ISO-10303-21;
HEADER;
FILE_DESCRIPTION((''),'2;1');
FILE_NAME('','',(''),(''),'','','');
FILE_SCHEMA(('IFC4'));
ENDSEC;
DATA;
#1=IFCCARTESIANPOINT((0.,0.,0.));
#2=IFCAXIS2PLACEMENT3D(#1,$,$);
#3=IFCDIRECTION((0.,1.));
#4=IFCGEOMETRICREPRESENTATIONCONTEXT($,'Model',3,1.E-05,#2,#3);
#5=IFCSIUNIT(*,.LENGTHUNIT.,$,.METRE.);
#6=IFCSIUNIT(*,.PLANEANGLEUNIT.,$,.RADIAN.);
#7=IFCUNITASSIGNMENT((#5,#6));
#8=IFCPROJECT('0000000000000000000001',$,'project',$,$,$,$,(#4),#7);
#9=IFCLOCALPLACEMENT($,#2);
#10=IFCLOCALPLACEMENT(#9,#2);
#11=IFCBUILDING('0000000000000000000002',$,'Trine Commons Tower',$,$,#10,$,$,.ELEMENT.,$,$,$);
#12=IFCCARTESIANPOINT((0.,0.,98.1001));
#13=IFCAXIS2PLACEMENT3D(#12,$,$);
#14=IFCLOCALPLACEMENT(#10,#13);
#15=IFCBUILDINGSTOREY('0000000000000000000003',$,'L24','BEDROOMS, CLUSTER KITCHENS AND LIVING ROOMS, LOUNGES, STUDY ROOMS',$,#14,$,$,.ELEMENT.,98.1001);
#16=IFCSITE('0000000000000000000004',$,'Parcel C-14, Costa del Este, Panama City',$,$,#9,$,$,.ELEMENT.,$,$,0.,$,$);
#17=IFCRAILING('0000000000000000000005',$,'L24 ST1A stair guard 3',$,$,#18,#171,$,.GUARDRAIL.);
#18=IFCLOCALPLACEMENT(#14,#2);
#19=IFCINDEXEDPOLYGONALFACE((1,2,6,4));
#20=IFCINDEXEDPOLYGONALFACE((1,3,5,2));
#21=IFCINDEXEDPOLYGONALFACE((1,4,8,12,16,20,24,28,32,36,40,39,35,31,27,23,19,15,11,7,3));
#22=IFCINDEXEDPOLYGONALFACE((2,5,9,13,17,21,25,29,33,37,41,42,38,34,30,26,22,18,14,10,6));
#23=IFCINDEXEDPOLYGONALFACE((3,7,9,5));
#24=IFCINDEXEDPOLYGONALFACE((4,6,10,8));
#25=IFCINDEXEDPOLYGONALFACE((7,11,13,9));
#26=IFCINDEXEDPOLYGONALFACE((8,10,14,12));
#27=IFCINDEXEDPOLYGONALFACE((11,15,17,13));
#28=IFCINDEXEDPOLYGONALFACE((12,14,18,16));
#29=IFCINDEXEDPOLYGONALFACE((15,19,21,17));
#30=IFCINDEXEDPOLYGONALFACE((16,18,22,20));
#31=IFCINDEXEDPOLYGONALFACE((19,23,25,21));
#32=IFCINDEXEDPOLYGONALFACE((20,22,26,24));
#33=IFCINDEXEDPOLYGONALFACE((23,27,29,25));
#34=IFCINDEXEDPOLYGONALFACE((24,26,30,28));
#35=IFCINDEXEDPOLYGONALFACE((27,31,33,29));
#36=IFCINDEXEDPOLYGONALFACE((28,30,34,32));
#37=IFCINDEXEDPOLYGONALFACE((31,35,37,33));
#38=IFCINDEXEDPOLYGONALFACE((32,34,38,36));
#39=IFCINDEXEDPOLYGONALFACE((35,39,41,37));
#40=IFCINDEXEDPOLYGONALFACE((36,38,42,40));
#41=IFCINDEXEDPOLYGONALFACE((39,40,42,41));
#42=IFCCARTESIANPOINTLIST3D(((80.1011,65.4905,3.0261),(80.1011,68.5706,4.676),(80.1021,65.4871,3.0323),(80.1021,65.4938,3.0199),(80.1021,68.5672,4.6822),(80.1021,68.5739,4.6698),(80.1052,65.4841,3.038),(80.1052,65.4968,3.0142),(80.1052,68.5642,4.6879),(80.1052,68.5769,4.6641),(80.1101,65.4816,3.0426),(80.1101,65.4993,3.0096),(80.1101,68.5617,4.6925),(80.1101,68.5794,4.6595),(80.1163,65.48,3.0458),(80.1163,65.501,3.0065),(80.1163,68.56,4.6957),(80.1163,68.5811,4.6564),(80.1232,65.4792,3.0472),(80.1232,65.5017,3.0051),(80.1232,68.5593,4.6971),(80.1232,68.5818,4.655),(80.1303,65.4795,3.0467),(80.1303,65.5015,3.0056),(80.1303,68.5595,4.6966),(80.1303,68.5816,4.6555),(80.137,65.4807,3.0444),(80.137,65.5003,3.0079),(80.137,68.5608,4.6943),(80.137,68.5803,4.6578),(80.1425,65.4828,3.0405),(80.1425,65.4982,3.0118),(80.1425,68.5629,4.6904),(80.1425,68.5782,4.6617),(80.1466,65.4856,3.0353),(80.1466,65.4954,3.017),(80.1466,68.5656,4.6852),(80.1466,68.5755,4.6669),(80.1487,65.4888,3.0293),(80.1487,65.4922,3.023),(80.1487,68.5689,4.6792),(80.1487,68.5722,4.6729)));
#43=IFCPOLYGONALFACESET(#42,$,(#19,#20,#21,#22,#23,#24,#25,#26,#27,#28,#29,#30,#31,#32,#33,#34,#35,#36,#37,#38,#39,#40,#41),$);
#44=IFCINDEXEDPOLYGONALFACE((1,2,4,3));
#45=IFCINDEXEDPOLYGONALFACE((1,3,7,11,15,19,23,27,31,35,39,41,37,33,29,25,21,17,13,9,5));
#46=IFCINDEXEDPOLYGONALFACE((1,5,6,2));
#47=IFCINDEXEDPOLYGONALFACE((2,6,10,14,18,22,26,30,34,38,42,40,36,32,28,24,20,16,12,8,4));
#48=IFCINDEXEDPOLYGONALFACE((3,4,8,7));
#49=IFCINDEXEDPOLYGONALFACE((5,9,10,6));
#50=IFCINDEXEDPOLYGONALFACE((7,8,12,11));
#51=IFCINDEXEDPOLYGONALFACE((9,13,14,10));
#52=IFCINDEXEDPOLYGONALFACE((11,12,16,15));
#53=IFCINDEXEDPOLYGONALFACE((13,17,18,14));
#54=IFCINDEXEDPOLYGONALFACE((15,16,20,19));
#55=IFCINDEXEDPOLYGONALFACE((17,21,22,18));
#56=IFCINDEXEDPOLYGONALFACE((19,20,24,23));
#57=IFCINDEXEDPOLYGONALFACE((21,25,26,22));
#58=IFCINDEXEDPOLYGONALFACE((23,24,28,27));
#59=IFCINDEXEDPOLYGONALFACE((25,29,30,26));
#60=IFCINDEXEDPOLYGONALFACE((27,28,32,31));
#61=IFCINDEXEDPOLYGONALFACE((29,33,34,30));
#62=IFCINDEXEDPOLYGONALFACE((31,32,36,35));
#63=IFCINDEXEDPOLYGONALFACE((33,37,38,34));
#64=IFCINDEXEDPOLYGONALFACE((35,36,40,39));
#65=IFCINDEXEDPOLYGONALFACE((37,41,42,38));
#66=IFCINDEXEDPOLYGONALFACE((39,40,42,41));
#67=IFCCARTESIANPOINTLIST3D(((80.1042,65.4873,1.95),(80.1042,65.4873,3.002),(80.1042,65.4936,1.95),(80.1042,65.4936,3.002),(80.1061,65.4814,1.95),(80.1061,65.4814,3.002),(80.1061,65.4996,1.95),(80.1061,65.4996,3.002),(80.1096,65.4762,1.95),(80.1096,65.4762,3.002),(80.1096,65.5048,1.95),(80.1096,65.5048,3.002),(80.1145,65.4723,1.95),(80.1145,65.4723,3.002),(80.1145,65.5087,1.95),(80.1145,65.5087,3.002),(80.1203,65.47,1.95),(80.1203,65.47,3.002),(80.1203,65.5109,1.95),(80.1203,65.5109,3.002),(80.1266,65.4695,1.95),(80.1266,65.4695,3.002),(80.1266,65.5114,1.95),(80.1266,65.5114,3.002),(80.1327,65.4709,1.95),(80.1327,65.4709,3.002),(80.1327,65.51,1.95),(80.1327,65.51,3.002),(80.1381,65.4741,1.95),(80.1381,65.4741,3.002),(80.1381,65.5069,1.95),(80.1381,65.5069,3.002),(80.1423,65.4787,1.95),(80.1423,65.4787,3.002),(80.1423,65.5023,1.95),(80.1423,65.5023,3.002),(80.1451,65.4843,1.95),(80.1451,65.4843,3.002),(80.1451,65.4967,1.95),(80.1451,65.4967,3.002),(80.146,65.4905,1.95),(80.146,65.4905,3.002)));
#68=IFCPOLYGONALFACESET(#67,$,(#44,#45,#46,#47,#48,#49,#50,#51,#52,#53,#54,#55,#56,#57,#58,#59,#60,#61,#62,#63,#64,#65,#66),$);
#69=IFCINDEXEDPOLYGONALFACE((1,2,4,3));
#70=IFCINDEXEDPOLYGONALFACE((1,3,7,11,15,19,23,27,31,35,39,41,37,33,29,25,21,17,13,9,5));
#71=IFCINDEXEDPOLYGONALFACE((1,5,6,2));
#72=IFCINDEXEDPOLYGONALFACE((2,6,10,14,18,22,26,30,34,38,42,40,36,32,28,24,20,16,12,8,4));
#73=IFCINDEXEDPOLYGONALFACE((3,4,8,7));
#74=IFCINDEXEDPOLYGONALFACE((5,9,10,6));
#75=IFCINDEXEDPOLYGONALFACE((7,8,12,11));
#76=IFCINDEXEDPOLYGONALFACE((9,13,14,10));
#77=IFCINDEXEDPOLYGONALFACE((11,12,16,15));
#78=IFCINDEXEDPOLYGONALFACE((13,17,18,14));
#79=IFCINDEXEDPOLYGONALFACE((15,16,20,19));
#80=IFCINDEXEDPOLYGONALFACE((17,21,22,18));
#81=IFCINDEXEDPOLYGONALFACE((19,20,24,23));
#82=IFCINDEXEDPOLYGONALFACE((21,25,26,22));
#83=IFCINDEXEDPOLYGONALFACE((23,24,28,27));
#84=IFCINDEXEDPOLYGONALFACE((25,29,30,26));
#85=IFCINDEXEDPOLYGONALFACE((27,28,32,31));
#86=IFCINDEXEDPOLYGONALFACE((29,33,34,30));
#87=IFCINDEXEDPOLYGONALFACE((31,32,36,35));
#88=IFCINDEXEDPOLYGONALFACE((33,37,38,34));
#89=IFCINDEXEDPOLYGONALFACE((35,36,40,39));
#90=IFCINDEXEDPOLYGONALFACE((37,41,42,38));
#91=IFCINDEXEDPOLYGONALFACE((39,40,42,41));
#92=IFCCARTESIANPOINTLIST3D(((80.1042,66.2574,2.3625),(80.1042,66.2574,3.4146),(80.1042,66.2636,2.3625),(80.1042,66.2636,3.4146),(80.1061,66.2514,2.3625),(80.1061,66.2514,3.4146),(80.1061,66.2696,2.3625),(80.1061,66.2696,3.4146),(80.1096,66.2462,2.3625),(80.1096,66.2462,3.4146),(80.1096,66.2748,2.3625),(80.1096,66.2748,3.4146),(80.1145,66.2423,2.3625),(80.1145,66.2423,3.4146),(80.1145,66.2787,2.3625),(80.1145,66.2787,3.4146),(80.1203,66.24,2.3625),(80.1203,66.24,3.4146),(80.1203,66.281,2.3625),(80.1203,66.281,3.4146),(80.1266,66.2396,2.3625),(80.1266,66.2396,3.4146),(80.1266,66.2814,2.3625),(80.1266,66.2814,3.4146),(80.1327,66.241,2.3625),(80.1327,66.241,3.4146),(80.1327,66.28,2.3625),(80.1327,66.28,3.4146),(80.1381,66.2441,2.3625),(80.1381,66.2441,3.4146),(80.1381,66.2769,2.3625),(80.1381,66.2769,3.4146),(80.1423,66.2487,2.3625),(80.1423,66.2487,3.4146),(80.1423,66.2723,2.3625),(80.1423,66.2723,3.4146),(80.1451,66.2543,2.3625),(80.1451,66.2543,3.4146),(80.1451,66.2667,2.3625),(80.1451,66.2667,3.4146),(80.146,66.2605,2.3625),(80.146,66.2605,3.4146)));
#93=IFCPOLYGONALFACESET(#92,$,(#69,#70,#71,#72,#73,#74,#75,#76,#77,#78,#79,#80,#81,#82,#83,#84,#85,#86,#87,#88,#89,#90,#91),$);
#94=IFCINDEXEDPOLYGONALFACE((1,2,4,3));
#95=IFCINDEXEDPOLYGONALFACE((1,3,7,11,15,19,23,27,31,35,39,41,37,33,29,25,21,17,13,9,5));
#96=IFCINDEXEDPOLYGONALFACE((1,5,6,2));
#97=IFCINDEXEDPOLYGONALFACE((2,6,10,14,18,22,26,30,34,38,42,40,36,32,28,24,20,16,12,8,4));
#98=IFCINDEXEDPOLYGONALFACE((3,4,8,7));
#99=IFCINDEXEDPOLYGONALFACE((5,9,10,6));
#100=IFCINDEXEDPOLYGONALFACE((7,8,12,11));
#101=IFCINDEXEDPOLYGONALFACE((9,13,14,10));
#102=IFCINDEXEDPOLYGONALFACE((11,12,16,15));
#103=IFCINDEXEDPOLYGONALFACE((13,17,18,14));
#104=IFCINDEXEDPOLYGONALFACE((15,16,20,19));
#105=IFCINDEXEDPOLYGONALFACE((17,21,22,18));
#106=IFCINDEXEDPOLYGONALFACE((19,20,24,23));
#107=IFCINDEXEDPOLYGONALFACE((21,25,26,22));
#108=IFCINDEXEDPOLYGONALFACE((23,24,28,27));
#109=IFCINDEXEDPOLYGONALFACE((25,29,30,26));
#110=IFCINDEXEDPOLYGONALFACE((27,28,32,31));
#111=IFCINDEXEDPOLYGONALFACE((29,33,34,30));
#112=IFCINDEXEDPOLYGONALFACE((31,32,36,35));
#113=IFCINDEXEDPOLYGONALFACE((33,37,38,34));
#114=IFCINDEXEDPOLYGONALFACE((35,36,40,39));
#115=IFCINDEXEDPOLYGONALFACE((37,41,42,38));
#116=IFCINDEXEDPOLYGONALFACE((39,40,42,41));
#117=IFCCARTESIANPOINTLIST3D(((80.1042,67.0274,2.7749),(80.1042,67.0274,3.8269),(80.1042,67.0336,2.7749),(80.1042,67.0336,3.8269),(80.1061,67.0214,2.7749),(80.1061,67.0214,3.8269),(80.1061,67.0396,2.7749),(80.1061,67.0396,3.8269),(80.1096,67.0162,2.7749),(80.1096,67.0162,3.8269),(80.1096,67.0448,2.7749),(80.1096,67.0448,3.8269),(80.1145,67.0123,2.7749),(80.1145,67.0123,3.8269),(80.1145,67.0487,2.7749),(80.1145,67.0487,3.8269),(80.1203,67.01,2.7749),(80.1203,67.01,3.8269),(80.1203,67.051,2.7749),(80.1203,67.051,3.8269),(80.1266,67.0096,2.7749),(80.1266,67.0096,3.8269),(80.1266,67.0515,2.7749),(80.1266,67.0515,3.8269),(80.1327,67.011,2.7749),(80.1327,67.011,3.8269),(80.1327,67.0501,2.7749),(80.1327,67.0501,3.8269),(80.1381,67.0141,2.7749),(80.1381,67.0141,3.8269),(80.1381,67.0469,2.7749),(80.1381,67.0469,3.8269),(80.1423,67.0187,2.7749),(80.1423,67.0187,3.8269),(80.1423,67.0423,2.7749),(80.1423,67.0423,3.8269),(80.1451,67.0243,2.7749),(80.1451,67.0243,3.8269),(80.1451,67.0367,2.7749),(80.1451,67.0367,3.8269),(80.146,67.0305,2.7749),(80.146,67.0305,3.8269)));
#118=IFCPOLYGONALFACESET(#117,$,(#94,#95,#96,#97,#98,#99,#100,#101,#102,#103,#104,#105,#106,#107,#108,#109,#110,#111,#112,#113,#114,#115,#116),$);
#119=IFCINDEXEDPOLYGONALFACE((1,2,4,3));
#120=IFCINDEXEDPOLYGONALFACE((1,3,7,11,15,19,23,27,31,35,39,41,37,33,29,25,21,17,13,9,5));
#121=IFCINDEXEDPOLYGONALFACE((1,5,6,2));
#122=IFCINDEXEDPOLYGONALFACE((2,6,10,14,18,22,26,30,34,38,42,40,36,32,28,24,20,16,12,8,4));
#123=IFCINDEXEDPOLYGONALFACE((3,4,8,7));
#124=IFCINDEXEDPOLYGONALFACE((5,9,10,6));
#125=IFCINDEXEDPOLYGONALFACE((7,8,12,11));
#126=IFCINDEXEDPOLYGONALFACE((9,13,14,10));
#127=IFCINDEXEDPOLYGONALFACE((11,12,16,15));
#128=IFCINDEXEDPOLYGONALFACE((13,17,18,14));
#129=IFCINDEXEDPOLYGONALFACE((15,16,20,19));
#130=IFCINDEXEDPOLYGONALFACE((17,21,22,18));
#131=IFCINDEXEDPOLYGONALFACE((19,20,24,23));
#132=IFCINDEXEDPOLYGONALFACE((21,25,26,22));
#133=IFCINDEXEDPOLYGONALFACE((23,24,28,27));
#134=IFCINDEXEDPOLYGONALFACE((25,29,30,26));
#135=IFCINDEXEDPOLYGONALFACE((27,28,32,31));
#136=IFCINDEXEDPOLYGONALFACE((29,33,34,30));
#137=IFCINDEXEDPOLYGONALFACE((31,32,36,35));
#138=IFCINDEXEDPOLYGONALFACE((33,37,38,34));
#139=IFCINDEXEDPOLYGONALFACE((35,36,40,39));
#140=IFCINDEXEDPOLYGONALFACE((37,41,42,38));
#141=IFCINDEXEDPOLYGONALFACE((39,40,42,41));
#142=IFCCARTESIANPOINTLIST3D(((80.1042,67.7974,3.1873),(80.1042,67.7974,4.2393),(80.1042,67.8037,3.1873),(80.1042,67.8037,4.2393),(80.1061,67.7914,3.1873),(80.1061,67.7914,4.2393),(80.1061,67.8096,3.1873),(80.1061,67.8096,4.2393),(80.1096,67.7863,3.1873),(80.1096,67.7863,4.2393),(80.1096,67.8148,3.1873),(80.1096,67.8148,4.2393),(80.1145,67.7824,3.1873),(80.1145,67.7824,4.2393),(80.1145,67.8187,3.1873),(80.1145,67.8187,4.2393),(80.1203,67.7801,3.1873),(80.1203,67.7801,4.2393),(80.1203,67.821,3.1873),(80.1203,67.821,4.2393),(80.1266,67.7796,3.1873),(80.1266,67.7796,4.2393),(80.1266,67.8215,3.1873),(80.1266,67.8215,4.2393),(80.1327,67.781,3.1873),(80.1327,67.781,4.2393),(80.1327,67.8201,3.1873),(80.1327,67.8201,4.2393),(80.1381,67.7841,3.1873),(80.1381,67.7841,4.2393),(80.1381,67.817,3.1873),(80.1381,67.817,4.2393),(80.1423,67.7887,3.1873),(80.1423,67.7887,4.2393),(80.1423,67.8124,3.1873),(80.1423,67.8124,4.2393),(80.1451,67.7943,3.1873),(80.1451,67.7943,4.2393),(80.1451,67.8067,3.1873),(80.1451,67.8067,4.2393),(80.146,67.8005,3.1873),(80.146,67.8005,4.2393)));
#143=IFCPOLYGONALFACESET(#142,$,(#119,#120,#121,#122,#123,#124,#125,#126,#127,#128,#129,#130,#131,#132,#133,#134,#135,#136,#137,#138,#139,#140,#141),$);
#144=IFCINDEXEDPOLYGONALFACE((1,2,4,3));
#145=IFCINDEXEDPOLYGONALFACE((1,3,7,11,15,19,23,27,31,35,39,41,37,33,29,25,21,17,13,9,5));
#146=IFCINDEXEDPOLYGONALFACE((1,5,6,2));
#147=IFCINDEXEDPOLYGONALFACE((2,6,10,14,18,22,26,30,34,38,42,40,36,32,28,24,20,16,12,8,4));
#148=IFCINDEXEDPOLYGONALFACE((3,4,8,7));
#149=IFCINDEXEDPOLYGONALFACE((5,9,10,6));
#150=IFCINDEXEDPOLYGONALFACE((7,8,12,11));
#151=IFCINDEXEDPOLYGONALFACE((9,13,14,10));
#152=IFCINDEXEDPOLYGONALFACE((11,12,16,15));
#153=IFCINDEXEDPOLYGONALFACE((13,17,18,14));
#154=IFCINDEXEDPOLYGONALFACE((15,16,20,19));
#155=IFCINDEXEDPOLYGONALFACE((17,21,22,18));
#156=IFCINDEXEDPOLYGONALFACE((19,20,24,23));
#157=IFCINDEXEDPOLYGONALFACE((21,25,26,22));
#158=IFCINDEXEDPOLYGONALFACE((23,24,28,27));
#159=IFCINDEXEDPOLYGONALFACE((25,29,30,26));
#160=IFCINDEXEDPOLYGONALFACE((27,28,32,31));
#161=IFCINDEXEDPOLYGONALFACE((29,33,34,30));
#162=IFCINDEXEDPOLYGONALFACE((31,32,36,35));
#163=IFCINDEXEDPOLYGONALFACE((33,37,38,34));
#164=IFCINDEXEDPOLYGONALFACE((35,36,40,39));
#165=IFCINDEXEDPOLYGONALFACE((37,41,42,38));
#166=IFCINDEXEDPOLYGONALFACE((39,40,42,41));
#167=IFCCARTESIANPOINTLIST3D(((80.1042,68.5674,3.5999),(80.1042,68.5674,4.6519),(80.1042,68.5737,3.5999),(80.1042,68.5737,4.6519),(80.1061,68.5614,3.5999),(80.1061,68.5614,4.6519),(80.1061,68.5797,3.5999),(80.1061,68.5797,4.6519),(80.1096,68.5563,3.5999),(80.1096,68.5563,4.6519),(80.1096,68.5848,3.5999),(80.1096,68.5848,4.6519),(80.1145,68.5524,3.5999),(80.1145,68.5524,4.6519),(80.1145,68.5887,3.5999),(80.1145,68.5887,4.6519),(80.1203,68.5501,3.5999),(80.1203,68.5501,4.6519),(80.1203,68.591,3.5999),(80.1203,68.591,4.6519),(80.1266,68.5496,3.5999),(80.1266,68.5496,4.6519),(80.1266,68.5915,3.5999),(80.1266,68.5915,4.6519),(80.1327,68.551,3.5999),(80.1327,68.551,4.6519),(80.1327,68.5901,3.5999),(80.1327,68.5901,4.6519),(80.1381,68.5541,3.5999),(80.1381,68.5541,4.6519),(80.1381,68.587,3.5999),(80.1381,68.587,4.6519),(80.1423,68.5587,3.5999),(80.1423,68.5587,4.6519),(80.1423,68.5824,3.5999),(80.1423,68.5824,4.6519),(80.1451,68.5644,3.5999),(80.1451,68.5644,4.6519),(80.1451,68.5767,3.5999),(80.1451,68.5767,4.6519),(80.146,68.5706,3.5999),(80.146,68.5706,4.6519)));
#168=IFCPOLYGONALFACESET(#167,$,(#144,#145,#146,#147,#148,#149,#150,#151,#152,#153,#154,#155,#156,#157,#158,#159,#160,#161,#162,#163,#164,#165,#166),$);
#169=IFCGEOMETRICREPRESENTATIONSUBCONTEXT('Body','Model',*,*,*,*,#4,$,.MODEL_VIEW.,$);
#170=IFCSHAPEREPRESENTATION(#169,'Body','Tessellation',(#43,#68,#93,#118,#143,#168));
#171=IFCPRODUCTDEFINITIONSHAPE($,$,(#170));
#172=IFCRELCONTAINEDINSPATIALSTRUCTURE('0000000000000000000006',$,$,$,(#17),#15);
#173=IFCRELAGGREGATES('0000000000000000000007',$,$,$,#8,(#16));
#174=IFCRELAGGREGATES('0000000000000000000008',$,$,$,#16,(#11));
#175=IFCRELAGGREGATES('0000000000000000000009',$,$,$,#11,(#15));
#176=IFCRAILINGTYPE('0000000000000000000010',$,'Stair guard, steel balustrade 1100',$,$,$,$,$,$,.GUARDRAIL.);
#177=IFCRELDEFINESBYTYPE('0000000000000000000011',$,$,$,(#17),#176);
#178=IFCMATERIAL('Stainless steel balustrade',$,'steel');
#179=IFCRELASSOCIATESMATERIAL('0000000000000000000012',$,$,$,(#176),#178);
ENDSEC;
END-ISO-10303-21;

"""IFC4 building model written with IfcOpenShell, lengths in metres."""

from ifc_helpers import new_model, si_unit, direction, frame, origin, origin_2d, place, context, subcontext, project, spatial, circle, extrude, material, type_object, element, save


model = new_model("IFC4")

# Units and contexts
model_context = context("Model", 3, precision=1e-05, world=origin(), true_north=direction((0.0, 1.0)))
body_context = subcontext(model_context, "Body", "Model", "MODEL_VIEW")
ifc_project = project(units=[si_unit("LENGTHUNIT", "METRE"), si_unit("PLANEANGLEUNIT", "RADIAN")], contexts=[model_context])

# Site, building, storey
site_placement = place(None, origin())
site = spatial("IfcSite", under=ifc_project, at=site_placement, Name="Parcel C-14, Costa del Este, Panama City", CompositionType="ELEMENT", RefElevation=0.0)
building_placement = place(site_placement, origin())
building = spatial("IfcBuilding", under=site, at=building_placement, Name="Trine Commons Tower", CompositionType="ELEMENT")
storey_placement = place(building_placement, frame((0.0, 0.0, 98.1001)))
storey = spatial("IfcBuildingStorey", under=building, at=storey_placement, Name="L24", Description="BEDROOMS, CLUSTER KITCHENS AND LIVING ROOMS, LOUNGES, STUDY ROOMS", CompositionType="ELEMENT", Elevation=98.1001)

# Railing
ifc_material_1 = material(Name="Stainless steel balustrade", Category="steel")
railing_type_1 = type_object("IfcRailingType", Name="Stair guard, steel balustrade 1100", PredefinedType="GUARDRAIL", material=ifc_material_1)
railing_1_placement = place(storey_placement, frame((80.125, 65.4905, 1.95)))
element("IfcRailing", 1, at=railing_1_placement, inside=storey, type_object=railing_type_1, Name="L24 ST1A stair guard 3", PredefinedType="GUARDRAIL", context=body_context, shape_type="SweptSolid", body=[
    extrude(circle(Radius=0.0239, at=origin_2d()), frame((0.0, 0.0, 1.0762), z_axis=(0.0, 0.881497, 0.47219), x_axis=(-1.0, 0.0, 0.0)), (0.0, 0.0, 1.0), 3.4941),
    extrude(circle(Radius=0.021, at=origin_2d()), origin(), (0.0, 0.0, 1.0), 1.052),
    extrude(circle(Radius=0.021, at=origin_2d()), frame((0.0, 0.77, 0.4126)), (0.0, 0.0, 1.0), 1.052),
    extrude(circle(Radius=0.021, at=origin_2d()), frame((0.0, 1.54, 0.825)), (0.0, 0.0, 1.0), 1.052),
    extrude(circle(Radius=0.021, at=origin_2d()), frame((0.0, 2.3101, 1.2373)), (0.0, 0.0, 1.0), 1.052),
    extrude(circle(Radius=0.021, at=origin_2d()), frame((0.0, 3.0801, 1.6499)), (0.0, 0.0, 1.0), 1.052),
])

save(model, "model.ifc")
